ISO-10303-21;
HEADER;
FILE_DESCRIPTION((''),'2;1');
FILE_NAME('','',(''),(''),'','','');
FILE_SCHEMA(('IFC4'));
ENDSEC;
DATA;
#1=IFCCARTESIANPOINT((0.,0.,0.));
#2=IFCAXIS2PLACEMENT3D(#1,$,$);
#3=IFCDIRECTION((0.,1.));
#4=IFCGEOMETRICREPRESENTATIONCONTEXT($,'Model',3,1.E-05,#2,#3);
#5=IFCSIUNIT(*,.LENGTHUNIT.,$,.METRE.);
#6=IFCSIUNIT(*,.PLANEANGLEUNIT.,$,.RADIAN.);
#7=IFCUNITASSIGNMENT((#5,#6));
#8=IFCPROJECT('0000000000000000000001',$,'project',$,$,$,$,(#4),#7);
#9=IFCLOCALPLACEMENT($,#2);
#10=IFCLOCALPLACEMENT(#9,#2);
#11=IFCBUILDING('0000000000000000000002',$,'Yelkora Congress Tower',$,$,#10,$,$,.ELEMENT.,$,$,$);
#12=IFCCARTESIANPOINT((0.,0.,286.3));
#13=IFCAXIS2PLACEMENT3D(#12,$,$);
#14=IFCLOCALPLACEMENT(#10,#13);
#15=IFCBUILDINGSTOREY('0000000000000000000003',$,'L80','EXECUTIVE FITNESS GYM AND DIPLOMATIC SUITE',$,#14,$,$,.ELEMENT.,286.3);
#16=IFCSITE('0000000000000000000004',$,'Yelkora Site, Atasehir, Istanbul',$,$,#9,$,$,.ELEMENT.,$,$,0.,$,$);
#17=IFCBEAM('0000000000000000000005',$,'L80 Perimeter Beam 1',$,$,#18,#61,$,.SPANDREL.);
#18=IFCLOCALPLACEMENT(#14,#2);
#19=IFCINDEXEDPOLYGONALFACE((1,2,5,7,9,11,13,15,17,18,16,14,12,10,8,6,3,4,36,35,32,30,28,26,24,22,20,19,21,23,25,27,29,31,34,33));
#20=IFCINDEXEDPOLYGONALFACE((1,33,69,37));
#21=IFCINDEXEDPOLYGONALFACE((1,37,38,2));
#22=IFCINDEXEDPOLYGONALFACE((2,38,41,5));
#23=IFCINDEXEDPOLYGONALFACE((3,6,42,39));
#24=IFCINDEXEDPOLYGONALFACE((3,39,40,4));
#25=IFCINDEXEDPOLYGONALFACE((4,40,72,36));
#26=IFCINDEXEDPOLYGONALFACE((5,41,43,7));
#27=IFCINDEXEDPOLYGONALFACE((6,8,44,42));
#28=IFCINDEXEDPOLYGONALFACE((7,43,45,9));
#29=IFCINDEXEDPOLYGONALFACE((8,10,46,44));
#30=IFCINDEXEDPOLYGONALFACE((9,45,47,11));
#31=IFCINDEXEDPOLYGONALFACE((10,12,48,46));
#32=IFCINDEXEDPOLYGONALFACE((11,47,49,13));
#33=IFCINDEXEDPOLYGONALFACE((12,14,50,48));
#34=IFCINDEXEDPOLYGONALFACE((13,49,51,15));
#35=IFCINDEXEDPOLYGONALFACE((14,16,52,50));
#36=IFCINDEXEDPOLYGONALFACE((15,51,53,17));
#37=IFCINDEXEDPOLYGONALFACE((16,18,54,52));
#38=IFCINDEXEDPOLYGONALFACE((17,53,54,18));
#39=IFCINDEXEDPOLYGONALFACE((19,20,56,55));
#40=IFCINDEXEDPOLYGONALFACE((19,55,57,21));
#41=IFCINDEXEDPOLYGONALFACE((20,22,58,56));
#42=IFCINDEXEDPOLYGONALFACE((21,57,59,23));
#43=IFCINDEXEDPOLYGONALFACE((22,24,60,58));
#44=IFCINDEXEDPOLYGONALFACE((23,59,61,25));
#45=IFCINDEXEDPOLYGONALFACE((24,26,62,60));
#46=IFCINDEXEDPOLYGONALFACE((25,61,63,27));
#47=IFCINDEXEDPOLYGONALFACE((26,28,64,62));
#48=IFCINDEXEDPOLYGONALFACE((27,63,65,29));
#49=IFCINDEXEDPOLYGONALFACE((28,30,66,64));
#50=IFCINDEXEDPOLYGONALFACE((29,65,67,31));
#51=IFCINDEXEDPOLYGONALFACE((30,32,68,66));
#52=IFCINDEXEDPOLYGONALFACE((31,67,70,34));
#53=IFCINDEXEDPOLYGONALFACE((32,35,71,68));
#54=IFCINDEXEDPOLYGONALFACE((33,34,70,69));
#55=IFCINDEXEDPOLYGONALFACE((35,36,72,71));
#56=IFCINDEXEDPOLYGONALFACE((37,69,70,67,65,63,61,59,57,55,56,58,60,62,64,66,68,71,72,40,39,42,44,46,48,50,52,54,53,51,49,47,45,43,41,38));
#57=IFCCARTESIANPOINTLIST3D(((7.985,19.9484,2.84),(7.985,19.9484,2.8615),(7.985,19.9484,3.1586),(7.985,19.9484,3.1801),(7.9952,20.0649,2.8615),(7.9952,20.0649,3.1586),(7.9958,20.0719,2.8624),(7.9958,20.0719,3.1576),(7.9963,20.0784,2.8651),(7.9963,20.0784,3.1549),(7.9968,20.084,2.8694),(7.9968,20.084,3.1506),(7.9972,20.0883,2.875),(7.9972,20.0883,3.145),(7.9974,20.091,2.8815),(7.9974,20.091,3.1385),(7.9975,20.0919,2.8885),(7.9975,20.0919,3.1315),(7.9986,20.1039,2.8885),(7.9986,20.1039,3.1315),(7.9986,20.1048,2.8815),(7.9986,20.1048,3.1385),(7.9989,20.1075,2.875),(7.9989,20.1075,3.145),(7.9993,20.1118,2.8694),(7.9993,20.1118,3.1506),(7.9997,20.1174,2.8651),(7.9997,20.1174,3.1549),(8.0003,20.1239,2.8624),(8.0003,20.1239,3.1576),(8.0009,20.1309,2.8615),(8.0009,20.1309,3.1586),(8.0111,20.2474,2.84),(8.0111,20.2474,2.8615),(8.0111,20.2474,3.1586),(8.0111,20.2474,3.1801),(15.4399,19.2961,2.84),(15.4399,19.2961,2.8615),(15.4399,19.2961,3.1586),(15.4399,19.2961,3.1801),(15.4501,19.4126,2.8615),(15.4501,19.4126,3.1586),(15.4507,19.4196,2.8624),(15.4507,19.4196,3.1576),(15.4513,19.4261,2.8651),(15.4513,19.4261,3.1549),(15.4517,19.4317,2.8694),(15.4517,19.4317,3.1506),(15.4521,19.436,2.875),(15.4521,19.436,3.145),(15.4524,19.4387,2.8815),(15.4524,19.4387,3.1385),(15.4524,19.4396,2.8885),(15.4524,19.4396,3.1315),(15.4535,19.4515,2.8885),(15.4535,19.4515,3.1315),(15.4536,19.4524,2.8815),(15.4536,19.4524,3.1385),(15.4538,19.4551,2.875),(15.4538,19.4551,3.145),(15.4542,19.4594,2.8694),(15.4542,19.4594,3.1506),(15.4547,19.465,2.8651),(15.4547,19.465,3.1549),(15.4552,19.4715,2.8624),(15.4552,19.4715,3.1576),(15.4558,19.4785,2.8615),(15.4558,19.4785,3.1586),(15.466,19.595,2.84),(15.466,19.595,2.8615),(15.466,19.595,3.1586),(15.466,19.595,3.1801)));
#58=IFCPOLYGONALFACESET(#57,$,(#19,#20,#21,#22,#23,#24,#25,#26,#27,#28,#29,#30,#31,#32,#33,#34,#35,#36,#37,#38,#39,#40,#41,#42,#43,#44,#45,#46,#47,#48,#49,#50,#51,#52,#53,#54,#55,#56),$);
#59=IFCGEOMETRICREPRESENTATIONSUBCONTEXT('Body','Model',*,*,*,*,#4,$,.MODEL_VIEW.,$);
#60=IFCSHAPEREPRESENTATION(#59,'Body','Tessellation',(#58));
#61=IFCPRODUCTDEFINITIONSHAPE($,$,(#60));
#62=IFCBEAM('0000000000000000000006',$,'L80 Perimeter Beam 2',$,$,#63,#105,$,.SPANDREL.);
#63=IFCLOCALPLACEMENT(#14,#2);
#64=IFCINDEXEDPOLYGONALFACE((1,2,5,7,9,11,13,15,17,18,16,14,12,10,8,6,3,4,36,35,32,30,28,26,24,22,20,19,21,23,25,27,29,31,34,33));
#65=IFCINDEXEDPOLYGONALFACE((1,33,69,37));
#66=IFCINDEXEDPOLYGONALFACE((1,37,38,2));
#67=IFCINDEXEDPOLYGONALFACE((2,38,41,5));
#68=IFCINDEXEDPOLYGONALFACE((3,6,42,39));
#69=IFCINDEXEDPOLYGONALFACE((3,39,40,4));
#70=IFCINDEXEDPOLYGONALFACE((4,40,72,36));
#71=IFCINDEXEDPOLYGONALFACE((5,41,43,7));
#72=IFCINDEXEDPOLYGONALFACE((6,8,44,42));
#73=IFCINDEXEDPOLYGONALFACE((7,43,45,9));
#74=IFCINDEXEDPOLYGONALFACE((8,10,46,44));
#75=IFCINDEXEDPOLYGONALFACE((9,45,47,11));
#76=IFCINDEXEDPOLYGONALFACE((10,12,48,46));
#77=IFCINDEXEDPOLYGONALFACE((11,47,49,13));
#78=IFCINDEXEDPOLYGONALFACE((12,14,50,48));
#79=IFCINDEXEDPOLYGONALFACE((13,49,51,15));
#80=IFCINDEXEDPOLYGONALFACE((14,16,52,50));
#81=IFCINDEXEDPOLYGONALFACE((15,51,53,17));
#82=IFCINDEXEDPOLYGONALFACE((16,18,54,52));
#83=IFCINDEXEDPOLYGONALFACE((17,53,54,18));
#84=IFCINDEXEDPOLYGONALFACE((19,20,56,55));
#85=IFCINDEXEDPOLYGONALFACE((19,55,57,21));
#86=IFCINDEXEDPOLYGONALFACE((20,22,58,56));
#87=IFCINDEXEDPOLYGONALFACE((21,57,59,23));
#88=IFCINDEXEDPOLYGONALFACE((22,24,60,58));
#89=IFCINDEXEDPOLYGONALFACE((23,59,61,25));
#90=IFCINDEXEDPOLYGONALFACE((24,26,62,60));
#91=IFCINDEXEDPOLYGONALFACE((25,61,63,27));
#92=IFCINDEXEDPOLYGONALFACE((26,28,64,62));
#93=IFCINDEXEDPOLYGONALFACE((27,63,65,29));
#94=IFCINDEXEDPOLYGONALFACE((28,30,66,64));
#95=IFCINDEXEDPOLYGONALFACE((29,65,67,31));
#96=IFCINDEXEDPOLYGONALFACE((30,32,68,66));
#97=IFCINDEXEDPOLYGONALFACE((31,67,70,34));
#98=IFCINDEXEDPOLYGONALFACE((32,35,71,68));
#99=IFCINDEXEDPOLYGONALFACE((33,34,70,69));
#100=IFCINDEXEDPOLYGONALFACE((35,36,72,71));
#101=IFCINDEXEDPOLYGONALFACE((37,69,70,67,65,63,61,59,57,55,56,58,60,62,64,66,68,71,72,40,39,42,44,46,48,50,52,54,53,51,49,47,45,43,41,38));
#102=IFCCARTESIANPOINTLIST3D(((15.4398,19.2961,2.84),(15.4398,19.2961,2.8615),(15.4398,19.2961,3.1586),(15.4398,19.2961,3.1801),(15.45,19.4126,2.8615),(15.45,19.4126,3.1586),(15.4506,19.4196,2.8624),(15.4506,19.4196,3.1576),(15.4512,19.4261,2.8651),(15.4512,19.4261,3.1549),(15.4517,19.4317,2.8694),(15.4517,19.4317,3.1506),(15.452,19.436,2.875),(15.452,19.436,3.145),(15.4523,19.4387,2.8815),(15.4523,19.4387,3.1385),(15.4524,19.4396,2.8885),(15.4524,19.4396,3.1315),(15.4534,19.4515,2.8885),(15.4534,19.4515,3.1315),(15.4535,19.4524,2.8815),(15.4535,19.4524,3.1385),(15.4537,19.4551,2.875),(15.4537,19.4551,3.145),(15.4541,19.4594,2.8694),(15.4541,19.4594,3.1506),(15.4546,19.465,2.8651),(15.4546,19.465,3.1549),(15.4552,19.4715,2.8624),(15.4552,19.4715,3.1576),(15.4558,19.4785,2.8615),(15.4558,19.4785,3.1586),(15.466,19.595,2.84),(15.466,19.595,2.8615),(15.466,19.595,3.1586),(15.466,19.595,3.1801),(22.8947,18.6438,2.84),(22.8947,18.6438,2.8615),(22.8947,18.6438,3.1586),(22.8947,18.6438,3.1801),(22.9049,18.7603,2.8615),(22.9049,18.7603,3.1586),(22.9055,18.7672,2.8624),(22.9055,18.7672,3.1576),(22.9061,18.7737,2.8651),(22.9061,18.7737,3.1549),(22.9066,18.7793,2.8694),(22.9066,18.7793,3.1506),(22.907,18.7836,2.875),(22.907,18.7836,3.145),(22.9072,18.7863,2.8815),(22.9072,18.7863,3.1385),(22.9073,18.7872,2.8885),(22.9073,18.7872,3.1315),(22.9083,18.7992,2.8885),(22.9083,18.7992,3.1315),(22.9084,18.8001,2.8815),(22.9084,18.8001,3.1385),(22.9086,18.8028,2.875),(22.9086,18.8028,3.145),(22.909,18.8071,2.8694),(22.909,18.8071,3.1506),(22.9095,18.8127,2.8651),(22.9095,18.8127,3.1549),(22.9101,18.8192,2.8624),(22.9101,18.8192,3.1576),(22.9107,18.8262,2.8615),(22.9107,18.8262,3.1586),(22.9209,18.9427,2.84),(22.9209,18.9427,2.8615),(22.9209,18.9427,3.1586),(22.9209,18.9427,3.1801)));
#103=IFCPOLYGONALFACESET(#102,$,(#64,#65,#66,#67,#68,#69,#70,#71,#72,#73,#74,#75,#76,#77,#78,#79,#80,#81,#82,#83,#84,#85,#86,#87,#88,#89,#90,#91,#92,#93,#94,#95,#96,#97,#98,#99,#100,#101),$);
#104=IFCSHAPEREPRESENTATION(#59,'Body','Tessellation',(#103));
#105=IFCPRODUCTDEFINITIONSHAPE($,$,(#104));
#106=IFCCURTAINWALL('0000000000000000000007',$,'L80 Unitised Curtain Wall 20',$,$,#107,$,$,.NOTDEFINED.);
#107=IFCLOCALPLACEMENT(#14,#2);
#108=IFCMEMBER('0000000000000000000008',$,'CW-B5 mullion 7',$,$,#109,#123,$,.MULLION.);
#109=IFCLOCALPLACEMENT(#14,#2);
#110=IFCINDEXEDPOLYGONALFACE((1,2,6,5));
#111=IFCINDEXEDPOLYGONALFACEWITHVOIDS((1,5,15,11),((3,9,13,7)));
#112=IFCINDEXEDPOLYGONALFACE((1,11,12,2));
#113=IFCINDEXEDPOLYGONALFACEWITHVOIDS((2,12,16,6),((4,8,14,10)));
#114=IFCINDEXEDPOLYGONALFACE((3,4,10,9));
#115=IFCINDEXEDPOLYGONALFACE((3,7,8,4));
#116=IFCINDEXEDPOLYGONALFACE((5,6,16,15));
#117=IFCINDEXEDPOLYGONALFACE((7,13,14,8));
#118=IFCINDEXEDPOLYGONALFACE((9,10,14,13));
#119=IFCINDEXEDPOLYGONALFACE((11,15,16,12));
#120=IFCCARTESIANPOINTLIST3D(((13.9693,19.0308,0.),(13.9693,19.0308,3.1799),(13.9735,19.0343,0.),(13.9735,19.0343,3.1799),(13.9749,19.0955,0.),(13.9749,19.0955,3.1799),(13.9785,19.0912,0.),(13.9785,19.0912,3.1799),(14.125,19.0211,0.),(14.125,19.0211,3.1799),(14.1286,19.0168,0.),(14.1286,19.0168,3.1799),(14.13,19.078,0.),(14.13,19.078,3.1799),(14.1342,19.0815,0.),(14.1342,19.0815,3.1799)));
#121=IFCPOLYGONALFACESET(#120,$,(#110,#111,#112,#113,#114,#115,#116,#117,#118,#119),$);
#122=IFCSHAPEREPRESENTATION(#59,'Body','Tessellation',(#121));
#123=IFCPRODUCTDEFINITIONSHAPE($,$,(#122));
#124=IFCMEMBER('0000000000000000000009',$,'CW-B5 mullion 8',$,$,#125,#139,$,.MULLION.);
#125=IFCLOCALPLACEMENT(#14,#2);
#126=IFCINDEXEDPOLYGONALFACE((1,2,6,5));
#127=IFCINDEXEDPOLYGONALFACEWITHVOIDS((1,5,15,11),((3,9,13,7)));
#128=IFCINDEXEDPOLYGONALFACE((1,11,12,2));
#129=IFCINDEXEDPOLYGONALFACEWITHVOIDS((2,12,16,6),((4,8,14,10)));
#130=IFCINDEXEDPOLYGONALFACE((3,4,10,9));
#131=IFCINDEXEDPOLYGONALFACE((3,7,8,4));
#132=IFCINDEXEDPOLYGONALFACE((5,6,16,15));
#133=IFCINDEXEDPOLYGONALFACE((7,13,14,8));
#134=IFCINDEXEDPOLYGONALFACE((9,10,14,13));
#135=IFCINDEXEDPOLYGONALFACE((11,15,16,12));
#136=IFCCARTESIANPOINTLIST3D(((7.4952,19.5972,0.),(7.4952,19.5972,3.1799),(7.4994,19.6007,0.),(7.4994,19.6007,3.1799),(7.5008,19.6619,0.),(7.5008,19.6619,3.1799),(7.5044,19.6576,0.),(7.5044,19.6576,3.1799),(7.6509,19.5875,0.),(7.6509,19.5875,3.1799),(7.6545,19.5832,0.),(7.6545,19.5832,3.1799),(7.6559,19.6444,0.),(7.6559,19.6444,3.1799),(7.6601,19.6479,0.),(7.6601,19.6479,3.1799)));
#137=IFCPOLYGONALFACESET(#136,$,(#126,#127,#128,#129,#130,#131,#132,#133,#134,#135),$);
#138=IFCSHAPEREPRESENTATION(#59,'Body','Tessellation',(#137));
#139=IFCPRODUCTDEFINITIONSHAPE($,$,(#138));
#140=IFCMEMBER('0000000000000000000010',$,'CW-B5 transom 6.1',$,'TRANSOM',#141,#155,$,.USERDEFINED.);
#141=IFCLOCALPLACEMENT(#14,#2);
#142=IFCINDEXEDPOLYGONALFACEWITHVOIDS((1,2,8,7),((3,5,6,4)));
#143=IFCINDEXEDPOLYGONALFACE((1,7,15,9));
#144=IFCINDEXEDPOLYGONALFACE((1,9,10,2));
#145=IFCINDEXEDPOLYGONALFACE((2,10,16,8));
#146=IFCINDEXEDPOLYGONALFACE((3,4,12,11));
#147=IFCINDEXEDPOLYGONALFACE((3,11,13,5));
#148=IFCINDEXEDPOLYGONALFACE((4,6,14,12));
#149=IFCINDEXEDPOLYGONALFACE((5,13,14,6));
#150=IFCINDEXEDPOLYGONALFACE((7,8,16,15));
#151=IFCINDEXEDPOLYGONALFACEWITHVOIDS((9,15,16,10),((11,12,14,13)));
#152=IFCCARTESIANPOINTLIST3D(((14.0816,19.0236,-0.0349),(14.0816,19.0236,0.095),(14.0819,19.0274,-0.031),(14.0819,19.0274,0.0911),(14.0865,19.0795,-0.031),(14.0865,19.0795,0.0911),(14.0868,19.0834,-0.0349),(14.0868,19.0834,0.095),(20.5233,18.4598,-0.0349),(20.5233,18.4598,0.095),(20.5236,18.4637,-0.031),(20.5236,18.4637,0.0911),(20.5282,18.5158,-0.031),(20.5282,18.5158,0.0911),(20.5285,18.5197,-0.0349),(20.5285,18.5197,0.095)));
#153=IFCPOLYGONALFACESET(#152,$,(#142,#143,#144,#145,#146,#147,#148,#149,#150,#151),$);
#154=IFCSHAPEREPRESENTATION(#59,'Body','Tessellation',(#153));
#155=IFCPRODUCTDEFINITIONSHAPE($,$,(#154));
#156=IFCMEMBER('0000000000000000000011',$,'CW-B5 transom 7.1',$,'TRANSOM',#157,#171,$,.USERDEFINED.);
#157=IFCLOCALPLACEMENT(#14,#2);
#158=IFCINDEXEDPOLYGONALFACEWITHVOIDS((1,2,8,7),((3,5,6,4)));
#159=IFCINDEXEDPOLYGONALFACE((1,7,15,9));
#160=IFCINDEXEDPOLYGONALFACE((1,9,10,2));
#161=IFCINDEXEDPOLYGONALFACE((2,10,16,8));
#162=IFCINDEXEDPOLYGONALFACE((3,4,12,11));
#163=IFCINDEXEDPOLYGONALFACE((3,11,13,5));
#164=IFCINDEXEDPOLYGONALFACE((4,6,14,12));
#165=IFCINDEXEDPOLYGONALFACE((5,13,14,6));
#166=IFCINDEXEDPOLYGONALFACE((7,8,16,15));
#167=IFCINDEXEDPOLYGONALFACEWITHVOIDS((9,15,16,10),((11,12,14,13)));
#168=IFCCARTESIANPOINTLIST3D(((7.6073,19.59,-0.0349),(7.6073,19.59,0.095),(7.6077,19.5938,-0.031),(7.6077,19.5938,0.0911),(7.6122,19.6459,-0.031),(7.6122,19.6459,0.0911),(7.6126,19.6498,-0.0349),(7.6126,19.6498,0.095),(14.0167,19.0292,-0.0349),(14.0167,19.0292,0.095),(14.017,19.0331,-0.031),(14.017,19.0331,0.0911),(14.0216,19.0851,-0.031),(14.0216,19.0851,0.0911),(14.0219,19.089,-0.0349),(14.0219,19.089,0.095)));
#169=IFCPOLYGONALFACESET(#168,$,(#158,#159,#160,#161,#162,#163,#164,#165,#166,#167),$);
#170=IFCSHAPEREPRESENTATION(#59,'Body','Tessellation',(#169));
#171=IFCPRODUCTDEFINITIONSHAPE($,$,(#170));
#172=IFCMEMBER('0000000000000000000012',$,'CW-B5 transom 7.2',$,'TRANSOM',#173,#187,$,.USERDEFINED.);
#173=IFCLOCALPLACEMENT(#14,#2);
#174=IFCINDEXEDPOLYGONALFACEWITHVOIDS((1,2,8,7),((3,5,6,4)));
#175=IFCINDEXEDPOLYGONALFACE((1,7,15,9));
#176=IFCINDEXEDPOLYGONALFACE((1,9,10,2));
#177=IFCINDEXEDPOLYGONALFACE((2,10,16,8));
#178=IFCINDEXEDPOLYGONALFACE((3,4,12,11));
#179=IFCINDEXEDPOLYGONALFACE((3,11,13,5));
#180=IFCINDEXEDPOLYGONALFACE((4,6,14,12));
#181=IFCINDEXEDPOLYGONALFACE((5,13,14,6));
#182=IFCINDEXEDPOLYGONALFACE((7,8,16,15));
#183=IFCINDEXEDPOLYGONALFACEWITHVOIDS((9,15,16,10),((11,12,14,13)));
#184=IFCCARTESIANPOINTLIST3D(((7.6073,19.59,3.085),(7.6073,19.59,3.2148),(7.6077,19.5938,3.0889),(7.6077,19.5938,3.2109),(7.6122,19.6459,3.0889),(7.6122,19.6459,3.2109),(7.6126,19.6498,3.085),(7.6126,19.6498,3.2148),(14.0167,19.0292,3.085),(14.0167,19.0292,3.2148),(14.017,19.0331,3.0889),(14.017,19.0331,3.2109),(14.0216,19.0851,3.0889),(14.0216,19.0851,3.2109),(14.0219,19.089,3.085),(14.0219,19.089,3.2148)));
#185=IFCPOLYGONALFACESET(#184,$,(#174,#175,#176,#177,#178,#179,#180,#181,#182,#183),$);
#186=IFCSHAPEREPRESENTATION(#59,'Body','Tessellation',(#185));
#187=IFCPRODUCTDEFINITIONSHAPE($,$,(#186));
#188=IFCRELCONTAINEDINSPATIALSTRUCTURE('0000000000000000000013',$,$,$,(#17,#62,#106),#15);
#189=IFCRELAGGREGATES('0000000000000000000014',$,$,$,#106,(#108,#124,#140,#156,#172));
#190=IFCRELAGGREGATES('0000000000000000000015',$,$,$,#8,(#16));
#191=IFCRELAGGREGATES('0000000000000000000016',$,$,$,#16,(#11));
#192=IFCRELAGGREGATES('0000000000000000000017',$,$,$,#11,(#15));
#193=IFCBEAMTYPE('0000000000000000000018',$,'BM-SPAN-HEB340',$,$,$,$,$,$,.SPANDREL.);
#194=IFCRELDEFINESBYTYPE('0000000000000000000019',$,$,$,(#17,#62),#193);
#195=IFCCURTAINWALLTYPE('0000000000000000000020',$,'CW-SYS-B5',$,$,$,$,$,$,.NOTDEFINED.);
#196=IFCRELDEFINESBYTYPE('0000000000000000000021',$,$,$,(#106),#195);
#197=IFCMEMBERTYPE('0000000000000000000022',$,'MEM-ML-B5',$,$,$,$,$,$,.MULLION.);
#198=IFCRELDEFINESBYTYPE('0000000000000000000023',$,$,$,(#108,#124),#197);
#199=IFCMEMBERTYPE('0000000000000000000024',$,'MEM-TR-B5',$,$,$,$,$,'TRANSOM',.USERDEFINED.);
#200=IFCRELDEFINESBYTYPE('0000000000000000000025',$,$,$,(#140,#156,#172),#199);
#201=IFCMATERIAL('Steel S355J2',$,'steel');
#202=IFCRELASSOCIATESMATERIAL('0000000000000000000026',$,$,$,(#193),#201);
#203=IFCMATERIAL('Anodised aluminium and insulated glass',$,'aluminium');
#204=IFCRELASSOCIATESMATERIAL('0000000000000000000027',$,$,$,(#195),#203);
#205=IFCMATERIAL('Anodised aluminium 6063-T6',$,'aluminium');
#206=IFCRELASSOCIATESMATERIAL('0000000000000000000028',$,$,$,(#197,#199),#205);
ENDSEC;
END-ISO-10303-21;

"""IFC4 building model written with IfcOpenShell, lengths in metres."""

from ifc_helpers import new_model, si_unit, direction, frame, origin, origin_2d, place, context, subcontext, project, spatial, hollow_rectangle, i_section, extrude, material, material_profile, profile_set, type_object, element, aggregate, save


model = new_model("IFC4")

# Units and contexts
model_context = context("Model", 3, precision=1e-05, world=origin(), true_north=direction((0.0, 1.0)))
body_context = subcontext(model_context, "Body", "Model", "MODEL_VIEW")
ifc_project = project(units=[si_unit("LENGTHUNIT", "METRE"), si_unit("PLANEANGLEUNIT", "RADIAN")], contexts=[model_context])

# Site, building, storey
site_placement = place(None, origin())
site = spatial("IfcSite", under=ifc_project, at=site_placement, Name="Yelkora Site, Atasehir, Istanbul", CompositionType="ELEMENT", RefElevation=0.0)
building_placement = place(site_placement, origin())
building = spatial("IfcBuilding", under=site, at=building_placement, Name="Yelkora Congress Tower", CompositionType="ELEMENT")
storey_placement = place(building_placement, frame((0.0, 0.0, 286.3)))
storey = spatial("IfcBuildingStorey", under=building, at=storey_placement, Name="L80", Description="EXECUTIVE FITNESS GYM AND DIPLOMATIC SUITE", CompositionType="ELEMENT", Elevation=286.3)

# Shared definitions
ifc_material_1 = material(Name="Steel S355J2", Category="steel")

# Beams
ifc_material_profile_1 = material_profile(ifc_material_1, i_section(OverallWidth=0.3, OverallDepth=0.3401, WebThickness=0.012, FlangeThickness=0.0215, FilletRadius=0.0271, at=origin_2d()), Name="HEB 340")
ifc_profile_set_1 = profile_set([ifc_material_profile_1], Name="Steel S355J2")
beam_type_1 = type_object("IfcBeamType", Name="BM-SPAN-HEB340", PredefinedType="SPANDREL", material=ifc_profile_set_1)
for number, where, z_axis, x_axis, name in (
    (1, (7.998, 20.0979, 3.01), (0.996193, -0.087173, 0.0), (0.087173, 0.996193, 0.0), "L80 Perimeter Beam 1"),
    (2, (15.4529, 19.4456, 3.01), (0.996193, -0.087173, 0.0), (0.087173, 0.996193, 0.0), "L80 Perimeter Beam 2"),
):
    element("IfcBeam", number, at=place(storey_placement, frame(where, z_axis=z_axis, x_axis=x_axis)), inside=storey, type_object=beam_type_1, Name=name, PredefinedType="SPANDREL", context=body_context, shape_type="SweptSolid", body=[
        extrude(i_section(OverallWidth=0.3, OverallDepth=0.3401, WebThickness=0.012, FlangeThickness=0.0215, FilletRadius=0.0271, at=origin_2d()), origin(), (0.0, 0.0, 1.0), 7.4834),
    ])

# Curtain wall, members
ifc_material_2 = material(Name="Anodised aluminium and insulated glass", Category="aluminium")
curtain_wall_type = type_object("IfcCurtainWallType", Name="CW-SYS-B5", PredefinedType="NOTDEFINED", material=ifc_material_2)
curtain_wall_placement = place(storey_placement, origin())
curtain_wall = element("IfcCurtainWall", 3, at=curtain_wall_placement, inside=storey, type_object=curtain_wall_type, Name="L80 Unitised Curtain Wall 20", PredefinedType="NOTDEFINED")
ifc_material_3 = material(Name="Anodised aluminium 6063-T6", Category="aluminium")
ifc_material_profile_2 = material_profile(ifc_material_3, hollow_rectangle(XDim=0.0649, YDim=0.1599, WallThickness=0.0039, at=origin_2d()), Name="ALU 65x160x4")
ifc_profile_set_2 = profile_set([ifc_material_profile_2], Name="Anodised aluminium 6063-T6")
member_type_1 = type_object("IfcMemberType", Name="MEM-ML-B5", PredefinedType="MULLION", material=ifc_profile_set_2)
member_1_placement = place(storey_placement, frame((14.0518, 19.0562, 0.0), z_axis=(0.0, 0.0, 1.0), x_axis=(-0.087157, -0.996195, 0.0)))
member_1 = element("IfcMember", 4, at=member_1_placement, type_object=member_type_1, Name="CW-B5 mullion 7", PredefinedType="MULLION", context=body_context, shape_type="SweptSolid", body=[
    extrude(hollow_rectangle(XDim=0.0649, YDim=0.1599, WallThickness=0.0039, at=origin_2d()), origin(), (0.0, 0.0, 1.0), 3.1799),
])
member_2_placement = place(storey_placement, frame((7.5776, 19.6226, 0.0), z_axis=(0.0, 0.0, 1.0), x_axis=(-0.087157, -0.996195, 0.0)))
member_2 = element("IfcMember", 5, at=member_2_placement, type_object=member_type_1, Name="CW-B5 mullion 8", PredefinedType="MULLION", context=body_context, shape_type="SweptSolid", body=[
    extrude(hollow_rectangle(XDim=0.0649, YDim=0.1599, WallThickness=0.0039, at=origin_2d()), origin(), (0.0, 0.0, 1.0), 3.1799),
])
ifc_material_profile_3 = material_profile(ifc_material_3, hollow_rectangle(XDim=0.0601, YDim=0.1299, WallThickness=0.0039, at=origin_2d()), Name="ALU 60x130x4")
ifc_profile_set_3 = profile_set([ifc_material_profile_3], Name="Anodised aluminium 6063-T6")
member_type_2 = type_object("IfcMemberType", Name="MEM-TR-B5", ElementType="TRANSOM", PredefinedType="USERDEFINED", material=ifc_profile_set_3)
member_3_placement = place(storey_placement, frame((20.5259, 18.4897, 0.03), z_axis=(-0.996193, 0.087179, 0.0), x_axis=(-0.087179, -0.996193, 0.0)))
member_3 = element("IfcMember", 6, at=member_3_placement, type_object=member_type_2, Name="CW-B5 transom 6.1", ObjectType="TRANSOM", PredefinedType="USERDEFINED", context=body_context, shape_type="SweptSolid", body=[
    extrude(hollow_rectangle(XDim=0.0601, YDim=0.1299, WallThickness=0.0039, at=origin_2d()), origin(), (0.0, 0.0, 1.0), 6.4663),
])
member_4_placement = place(storey_placement, frame((14.0193, 19.0591, 0.03), z_axis=(-0.996194, 0.087162, 0.0), x_axis=(-0.087162, -0.996194, 0.0)))
member_4 = element("IfcMember", 7, at=member_4_placement, type_object=member_type_2, Name="CW-B5 transom 7.1", ObjectType="TRANSOM", PredefinedType="USERDEFINED", context=body_context, shape_type="SweptSolid", body=[
    extrude(hollow_rectangle(XDim=0.0601, YDim=0.1299, WallThickness=0.0039, at=origin_2d()), origin(), (0.0, 0.0, 1.0), 6.4338),
])
member_5_placement = place(storey_placement, frame((14.0193, 19.0591, 3.1499), z_axis=(-0.996194, 0.087162, 0.0), x_axis=(-0.087162, -0.996194, 0.0)))
member_5 = element("IfcMember", 8, at=member_5_placement, type_object=member_type_2, Name="CW-B5 transom 7.2", ObjectType="TRANSOM", PredefinedType="USERDEFINED", context=body_context, shape_type="SweptSolid", body=[
    extrude(hollow_rectangle(XDim=0.0601, YDim=0.1299, WallThickness=0.0039, at=origin_2d()), origin(), (0.0, 0.0, 1.0), 6.4338),
])
aggregate(curtain_wall, [member_1, member_2, member_3, member_4, member_5])

save(model, "model.ifc")
